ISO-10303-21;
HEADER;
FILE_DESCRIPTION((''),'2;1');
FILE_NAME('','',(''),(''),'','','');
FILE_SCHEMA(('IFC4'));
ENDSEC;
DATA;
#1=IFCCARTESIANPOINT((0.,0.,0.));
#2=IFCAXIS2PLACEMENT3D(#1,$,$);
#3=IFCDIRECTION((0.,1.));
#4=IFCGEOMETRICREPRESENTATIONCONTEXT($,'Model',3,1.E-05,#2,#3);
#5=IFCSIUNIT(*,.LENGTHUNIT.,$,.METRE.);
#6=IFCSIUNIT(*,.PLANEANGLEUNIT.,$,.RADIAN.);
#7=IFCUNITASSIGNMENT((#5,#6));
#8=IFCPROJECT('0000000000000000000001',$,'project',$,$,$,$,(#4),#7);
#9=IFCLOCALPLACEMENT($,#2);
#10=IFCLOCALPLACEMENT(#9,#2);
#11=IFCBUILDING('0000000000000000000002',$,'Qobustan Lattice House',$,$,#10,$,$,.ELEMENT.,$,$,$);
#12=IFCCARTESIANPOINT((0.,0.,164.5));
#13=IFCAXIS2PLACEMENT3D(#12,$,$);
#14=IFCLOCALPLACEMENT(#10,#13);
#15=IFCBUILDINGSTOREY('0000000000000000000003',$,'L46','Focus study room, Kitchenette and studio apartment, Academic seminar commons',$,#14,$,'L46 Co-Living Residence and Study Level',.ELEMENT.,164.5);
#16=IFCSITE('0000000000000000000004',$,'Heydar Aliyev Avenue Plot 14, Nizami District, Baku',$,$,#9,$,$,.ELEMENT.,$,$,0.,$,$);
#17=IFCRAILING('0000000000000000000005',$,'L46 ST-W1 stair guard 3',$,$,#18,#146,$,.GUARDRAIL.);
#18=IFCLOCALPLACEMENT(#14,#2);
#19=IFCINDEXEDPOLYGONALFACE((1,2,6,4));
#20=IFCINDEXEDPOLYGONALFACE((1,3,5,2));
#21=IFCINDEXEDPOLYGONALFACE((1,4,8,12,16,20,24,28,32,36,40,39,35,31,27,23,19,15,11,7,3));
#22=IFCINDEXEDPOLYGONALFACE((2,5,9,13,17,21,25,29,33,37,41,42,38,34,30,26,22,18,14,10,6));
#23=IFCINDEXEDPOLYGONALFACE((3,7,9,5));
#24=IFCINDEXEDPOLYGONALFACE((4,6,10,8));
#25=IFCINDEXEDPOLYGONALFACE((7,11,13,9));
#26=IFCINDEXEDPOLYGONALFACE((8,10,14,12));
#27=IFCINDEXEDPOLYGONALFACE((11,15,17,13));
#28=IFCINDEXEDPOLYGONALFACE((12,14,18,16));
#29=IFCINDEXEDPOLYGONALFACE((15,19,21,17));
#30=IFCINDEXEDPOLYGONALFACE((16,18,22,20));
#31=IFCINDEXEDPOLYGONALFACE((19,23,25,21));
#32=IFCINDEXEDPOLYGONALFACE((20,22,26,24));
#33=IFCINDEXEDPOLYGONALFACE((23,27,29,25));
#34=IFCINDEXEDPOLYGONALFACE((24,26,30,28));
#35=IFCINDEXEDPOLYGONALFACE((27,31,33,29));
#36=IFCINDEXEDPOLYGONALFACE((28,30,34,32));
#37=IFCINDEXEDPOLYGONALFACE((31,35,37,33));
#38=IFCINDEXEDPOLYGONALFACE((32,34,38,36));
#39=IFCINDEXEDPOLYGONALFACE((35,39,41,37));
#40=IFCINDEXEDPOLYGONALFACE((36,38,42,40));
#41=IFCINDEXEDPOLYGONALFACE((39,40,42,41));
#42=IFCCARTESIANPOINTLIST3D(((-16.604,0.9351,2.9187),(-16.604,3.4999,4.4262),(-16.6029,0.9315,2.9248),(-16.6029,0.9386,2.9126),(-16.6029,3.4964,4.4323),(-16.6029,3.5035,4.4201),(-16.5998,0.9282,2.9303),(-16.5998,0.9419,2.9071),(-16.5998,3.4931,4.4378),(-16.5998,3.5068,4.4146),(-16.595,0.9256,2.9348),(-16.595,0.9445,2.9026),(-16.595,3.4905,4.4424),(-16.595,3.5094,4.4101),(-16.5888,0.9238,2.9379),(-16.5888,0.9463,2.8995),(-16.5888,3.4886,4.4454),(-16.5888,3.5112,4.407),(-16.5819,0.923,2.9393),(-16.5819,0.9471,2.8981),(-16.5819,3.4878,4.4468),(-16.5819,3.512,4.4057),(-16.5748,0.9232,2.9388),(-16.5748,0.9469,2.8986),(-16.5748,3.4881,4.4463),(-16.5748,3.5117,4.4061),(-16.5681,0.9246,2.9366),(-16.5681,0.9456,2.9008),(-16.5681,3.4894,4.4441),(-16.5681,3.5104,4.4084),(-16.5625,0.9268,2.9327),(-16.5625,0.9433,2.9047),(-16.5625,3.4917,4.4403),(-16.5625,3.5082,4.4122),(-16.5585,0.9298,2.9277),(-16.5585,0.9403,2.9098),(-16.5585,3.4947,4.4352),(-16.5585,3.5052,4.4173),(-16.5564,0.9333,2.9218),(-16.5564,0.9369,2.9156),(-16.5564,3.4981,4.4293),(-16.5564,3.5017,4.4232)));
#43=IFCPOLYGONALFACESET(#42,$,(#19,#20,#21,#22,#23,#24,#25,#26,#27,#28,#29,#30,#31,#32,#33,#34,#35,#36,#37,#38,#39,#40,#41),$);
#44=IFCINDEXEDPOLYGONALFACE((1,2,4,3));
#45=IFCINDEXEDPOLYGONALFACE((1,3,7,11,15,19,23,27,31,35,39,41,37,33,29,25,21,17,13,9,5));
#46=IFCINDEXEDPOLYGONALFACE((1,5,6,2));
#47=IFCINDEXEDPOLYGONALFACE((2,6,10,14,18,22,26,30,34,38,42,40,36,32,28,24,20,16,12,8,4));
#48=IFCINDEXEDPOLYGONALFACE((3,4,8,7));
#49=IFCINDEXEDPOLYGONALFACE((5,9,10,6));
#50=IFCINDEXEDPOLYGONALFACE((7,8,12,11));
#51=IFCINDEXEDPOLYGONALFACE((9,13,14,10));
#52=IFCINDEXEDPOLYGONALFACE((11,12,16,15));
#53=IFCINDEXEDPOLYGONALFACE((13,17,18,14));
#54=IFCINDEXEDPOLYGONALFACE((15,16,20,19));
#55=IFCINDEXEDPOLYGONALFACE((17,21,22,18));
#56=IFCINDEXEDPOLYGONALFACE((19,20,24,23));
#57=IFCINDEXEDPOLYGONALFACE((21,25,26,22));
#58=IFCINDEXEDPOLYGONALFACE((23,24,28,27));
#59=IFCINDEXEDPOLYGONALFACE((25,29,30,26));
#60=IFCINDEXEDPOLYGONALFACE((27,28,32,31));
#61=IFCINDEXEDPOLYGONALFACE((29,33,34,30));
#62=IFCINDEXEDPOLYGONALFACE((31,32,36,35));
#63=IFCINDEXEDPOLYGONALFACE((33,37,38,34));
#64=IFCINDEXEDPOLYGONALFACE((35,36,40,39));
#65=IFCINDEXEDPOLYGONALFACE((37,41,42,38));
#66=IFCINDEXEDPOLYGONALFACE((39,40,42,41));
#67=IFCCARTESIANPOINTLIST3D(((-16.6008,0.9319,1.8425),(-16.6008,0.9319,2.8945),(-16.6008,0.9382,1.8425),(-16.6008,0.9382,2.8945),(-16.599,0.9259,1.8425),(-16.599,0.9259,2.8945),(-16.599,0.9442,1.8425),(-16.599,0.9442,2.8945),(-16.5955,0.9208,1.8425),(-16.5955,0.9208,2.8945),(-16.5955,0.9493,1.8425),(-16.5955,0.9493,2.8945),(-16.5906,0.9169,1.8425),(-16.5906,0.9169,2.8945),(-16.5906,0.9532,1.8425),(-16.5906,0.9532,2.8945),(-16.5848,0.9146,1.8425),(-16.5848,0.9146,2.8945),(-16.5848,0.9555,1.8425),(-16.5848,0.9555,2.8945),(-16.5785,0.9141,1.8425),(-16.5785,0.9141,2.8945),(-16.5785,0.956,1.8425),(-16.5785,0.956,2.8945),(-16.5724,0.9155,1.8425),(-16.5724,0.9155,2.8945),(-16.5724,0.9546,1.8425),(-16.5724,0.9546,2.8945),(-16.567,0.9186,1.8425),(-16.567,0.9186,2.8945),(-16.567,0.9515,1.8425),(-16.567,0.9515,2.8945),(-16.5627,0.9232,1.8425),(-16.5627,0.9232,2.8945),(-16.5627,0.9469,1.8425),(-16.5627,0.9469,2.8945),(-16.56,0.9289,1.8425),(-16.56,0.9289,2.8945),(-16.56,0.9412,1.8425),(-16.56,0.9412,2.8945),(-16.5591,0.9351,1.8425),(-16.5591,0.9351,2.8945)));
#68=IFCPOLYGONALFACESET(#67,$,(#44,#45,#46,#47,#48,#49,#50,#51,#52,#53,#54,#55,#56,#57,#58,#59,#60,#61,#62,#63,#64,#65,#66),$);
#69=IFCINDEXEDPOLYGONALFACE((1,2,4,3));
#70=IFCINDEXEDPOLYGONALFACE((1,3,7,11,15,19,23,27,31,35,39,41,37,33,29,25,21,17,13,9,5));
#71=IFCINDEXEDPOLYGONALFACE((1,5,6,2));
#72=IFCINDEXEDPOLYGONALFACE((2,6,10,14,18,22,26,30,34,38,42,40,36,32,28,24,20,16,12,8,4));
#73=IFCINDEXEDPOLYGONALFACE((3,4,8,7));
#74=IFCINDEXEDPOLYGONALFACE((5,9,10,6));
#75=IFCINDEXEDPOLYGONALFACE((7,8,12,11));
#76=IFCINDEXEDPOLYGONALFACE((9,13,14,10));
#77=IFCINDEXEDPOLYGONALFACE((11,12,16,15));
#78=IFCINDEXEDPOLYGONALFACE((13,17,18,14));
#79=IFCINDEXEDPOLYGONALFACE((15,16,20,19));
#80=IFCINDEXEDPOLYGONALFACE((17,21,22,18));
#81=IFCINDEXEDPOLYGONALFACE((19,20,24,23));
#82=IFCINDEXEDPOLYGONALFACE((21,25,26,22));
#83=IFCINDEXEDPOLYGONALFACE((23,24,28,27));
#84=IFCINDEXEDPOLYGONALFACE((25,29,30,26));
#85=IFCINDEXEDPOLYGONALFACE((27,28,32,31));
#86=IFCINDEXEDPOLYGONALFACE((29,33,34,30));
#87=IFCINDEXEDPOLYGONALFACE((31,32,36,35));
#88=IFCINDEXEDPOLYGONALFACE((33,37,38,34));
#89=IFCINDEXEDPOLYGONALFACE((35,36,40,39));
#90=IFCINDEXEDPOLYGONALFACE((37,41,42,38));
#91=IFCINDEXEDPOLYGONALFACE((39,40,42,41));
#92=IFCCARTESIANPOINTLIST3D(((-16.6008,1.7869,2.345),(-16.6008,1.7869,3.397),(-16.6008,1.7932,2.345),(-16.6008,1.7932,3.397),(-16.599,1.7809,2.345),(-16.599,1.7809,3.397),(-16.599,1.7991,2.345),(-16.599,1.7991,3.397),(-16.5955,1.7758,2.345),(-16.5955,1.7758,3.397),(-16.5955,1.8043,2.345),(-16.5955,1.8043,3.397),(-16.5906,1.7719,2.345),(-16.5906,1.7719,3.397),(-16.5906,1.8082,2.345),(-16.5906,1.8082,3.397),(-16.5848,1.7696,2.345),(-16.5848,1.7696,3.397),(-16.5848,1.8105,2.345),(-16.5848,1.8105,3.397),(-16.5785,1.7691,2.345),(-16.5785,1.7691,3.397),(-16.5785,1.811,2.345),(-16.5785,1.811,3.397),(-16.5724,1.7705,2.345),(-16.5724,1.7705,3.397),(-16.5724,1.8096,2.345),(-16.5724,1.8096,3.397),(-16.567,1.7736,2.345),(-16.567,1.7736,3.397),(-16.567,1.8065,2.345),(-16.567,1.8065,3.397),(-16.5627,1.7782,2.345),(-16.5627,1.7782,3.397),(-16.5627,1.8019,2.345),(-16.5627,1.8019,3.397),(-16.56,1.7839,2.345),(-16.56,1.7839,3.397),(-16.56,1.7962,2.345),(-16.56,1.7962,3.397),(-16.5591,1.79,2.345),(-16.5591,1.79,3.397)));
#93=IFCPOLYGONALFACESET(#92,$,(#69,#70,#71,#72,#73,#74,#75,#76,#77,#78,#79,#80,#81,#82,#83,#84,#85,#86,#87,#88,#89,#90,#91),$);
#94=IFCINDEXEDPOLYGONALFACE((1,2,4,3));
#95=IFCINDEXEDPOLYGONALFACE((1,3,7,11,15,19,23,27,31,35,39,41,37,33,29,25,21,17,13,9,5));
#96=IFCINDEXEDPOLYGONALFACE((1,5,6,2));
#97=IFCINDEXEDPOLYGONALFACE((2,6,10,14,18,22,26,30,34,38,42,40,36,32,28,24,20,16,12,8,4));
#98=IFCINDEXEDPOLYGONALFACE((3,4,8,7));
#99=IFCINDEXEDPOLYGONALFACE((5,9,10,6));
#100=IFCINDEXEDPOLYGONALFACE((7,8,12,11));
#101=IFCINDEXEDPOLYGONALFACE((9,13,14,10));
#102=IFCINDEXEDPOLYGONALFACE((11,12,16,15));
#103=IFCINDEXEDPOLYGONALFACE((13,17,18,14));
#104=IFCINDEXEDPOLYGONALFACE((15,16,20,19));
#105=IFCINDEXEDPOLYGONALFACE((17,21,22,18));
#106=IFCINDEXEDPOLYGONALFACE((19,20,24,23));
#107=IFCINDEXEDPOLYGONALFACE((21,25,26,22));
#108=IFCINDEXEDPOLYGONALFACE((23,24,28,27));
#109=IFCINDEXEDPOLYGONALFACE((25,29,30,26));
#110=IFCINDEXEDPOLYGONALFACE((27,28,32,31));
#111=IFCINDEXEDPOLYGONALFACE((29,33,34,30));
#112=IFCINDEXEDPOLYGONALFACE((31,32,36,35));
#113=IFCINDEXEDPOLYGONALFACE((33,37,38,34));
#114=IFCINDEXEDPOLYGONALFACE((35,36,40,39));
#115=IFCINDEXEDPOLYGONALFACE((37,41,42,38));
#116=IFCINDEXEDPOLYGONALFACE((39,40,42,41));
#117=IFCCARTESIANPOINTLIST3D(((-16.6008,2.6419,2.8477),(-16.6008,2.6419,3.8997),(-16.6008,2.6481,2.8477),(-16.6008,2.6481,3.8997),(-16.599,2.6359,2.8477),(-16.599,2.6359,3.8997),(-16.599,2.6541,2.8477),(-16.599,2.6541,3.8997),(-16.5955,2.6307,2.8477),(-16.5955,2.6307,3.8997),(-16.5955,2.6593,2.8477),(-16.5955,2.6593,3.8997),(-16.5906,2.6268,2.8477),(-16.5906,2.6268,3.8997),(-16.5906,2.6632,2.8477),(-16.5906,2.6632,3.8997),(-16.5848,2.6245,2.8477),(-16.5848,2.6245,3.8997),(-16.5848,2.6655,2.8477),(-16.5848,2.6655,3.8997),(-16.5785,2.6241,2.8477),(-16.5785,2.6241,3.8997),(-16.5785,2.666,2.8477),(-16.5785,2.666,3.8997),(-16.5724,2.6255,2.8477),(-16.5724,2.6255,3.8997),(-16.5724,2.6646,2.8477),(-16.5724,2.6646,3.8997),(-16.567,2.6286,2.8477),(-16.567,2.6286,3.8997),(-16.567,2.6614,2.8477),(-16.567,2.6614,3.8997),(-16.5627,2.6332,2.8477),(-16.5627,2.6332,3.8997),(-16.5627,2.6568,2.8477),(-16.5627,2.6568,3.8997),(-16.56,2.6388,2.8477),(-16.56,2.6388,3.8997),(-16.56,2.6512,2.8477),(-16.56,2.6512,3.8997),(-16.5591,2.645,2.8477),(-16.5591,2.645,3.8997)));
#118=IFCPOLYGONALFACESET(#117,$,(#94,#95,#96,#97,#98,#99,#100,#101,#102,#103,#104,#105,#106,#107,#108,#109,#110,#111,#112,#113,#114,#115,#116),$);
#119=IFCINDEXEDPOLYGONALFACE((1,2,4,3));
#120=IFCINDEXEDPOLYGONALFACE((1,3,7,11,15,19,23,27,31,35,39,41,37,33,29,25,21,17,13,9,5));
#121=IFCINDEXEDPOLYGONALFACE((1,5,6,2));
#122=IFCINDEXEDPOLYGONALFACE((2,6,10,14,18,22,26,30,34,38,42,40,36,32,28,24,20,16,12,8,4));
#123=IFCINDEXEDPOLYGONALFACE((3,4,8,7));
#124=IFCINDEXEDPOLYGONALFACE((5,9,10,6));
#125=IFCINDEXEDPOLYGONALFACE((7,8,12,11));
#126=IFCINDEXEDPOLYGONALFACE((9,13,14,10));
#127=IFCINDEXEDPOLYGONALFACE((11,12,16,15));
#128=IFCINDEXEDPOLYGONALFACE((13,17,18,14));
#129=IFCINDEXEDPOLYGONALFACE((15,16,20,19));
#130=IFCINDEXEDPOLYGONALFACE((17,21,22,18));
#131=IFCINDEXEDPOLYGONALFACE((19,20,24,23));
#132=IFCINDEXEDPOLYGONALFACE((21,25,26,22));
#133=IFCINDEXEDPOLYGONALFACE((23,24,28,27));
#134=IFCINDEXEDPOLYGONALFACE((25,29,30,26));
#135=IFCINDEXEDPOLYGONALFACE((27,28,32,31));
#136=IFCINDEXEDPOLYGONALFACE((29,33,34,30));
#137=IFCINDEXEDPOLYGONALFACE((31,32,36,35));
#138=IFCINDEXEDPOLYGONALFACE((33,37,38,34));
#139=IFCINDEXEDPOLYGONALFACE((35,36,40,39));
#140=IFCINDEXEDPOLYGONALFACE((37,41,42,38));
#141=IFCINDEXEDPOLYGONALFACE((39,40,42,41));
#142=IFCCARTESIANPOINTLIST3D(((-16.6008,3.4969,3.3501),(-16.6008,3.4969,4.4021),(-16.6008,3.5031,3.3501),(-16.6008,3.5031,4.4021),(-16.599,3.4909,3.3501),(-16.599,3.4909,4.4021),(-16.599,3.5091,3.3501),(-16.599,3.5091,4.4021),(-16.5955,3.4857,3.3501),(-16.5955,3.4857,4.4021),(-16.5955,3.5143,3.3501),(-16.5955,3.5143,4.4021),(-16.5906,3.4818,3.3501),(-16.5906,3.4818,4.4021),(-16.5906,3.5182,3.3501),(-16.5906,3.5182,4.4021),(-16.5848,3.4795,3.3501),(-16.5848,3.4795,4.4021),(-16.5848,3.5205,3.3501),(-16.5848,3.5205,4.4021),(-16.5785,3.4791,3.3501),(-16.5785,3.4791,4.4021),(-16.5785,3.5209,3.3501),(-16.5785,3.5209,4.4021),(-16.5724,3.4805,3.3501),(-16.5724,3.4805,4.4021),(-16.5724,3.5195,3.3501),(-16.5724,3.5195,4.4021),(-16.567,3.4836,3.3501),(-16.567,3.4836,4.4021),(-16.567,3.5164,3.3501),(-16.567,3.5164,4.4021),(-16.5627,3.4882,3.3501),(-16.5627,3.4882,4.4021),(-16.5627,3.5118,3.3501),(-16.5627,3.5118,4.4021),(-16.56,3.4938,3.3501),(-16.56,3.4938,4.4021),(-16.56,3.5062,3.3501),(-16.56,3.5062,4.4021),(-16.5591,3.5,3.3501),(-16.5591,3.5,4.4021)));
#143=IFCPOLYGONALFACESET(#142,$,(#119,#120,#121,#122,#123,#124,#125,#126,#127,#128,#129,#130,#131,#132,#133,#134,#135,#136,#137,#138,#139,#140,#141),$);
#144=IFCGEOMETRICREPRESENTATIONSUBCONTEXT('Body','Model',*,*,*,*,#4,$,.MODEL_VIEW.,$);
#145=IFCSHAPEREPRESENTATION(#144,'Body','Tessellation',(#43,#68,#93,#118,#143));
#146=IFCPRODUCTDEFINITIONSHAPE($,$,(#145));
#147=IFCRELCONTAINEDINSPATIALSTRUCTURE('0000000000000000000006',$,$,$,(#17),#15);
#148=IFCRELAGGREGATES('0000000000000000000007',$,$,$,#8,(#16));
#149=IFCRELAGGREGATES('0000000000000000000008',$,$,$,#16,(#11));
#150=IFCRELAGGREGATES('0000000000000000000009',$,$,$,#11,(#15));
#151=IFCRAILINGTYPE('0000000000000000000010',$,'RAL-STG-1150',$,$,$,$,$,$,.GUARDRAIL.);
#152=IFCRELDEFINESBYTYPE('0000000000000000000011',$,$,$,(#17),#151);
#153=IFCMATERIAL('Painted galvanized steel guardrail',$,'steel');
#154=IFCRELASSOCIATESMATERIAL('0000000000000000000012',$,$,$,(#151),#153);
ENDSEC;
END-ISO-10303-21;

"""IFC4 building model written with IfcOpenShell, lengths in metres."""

from ifc_helpers import new_model, si_unit, direction, frame, origin, origin_2d, place, context, subcontext, project, spatial, circle, extrude, material, type_object, element, save


model = new_model("IFC4")

# Units and contexts
model_context = context("Model", 3, precision=1e-05, world=origin(), true_north=direction((0.0, 1.0)))
body_context = subcontext(model_context, "Body", "Model", "MODEL_VIEW")
ifc_project = project(units=[si_unit("LENGTHUNIT", "METRE"), si_unit("PLANEANGLEUNIT", "RADIAN")], contexts=[model_context])

# Site, building, storey
site_placement = place(None, origin())
site = spatial("IfcSite", under=ifc_project, at=site_placement, Name="Heydar Aliyev Avenue Plot 14, Nizami District, Baku", CompositionType="ELEMENT", RefElevation=0.0)
building_placement = place(site_placement, origin())
building = spatial("IfcBuilding", under=site, at=building_placement, Name="Qobustan Lattice House", CompositionType="ELEMENT")
storey_placement = place(building_placement, frame((0.0, 0.0, 164.5)))
storey = spatial("IfcBuildingStorey", under=building, at=storey_placement, Name="L46", Description="Focus study room, Kitchenette and studio apartment, Academic seminar commons", LongName="L46 Co-Living Residence and Study Level", CompositionType="ELEMENT", Elevation=164.5)

# Railing
ifc_material_1 = material(Name="Painted galvanized steel guardrail", Category="steel")
railing_type_1 = type_object("IfcRailingType", Name="RAL-STG-1150", PredefinedType="GUARDRAIL", material=ifc_material_1)
railing_1_placement = place(storey_placement, frame((-16.5801, 0.9351, 1.8425)))
element("IfcRailing", 1, at=railing_1_placement, inside=storey, type_object=railing_type_1, Name="L46 ST-W1 stair guard 3", PredefinedType="GUARDRAIL", context=body_context, shape_type="SweptSolid", body=[
    extrude(circle(Radius=0.0239, at=origin_2d()), frame((0.0, 0.0, 1.0762), z_axis=(0.0, 0.862113, 0.506715), x_axis=(-1.0, 0.0, 0.0)), (0.0, 0.0, 1.0), 2.9751),
    extrude(circle(Radius=0.021, at=origin_2d()), origin(), (0.0, 0.0, 1.0), 1.052),
    extrude(circle(Radius=0.021, at=origin_2d()), frame((0.0, 0.855, 0.5024)), (0.0, 0.0, 1.0), 1.052),
    extrude(circle(Radius=0.021, at=origin_2d()), frame((0.0, 1.71, 1.0051)), (0.0, 0.0, 1.0), 1.052),
    extrude(circle(Radius=0.021, at=origin_2d()), frame((0.0, 2.5649, 1.5076)), (0.0, 0.0, 1.0), 1.052),
])

save(model, "model.ifc")
